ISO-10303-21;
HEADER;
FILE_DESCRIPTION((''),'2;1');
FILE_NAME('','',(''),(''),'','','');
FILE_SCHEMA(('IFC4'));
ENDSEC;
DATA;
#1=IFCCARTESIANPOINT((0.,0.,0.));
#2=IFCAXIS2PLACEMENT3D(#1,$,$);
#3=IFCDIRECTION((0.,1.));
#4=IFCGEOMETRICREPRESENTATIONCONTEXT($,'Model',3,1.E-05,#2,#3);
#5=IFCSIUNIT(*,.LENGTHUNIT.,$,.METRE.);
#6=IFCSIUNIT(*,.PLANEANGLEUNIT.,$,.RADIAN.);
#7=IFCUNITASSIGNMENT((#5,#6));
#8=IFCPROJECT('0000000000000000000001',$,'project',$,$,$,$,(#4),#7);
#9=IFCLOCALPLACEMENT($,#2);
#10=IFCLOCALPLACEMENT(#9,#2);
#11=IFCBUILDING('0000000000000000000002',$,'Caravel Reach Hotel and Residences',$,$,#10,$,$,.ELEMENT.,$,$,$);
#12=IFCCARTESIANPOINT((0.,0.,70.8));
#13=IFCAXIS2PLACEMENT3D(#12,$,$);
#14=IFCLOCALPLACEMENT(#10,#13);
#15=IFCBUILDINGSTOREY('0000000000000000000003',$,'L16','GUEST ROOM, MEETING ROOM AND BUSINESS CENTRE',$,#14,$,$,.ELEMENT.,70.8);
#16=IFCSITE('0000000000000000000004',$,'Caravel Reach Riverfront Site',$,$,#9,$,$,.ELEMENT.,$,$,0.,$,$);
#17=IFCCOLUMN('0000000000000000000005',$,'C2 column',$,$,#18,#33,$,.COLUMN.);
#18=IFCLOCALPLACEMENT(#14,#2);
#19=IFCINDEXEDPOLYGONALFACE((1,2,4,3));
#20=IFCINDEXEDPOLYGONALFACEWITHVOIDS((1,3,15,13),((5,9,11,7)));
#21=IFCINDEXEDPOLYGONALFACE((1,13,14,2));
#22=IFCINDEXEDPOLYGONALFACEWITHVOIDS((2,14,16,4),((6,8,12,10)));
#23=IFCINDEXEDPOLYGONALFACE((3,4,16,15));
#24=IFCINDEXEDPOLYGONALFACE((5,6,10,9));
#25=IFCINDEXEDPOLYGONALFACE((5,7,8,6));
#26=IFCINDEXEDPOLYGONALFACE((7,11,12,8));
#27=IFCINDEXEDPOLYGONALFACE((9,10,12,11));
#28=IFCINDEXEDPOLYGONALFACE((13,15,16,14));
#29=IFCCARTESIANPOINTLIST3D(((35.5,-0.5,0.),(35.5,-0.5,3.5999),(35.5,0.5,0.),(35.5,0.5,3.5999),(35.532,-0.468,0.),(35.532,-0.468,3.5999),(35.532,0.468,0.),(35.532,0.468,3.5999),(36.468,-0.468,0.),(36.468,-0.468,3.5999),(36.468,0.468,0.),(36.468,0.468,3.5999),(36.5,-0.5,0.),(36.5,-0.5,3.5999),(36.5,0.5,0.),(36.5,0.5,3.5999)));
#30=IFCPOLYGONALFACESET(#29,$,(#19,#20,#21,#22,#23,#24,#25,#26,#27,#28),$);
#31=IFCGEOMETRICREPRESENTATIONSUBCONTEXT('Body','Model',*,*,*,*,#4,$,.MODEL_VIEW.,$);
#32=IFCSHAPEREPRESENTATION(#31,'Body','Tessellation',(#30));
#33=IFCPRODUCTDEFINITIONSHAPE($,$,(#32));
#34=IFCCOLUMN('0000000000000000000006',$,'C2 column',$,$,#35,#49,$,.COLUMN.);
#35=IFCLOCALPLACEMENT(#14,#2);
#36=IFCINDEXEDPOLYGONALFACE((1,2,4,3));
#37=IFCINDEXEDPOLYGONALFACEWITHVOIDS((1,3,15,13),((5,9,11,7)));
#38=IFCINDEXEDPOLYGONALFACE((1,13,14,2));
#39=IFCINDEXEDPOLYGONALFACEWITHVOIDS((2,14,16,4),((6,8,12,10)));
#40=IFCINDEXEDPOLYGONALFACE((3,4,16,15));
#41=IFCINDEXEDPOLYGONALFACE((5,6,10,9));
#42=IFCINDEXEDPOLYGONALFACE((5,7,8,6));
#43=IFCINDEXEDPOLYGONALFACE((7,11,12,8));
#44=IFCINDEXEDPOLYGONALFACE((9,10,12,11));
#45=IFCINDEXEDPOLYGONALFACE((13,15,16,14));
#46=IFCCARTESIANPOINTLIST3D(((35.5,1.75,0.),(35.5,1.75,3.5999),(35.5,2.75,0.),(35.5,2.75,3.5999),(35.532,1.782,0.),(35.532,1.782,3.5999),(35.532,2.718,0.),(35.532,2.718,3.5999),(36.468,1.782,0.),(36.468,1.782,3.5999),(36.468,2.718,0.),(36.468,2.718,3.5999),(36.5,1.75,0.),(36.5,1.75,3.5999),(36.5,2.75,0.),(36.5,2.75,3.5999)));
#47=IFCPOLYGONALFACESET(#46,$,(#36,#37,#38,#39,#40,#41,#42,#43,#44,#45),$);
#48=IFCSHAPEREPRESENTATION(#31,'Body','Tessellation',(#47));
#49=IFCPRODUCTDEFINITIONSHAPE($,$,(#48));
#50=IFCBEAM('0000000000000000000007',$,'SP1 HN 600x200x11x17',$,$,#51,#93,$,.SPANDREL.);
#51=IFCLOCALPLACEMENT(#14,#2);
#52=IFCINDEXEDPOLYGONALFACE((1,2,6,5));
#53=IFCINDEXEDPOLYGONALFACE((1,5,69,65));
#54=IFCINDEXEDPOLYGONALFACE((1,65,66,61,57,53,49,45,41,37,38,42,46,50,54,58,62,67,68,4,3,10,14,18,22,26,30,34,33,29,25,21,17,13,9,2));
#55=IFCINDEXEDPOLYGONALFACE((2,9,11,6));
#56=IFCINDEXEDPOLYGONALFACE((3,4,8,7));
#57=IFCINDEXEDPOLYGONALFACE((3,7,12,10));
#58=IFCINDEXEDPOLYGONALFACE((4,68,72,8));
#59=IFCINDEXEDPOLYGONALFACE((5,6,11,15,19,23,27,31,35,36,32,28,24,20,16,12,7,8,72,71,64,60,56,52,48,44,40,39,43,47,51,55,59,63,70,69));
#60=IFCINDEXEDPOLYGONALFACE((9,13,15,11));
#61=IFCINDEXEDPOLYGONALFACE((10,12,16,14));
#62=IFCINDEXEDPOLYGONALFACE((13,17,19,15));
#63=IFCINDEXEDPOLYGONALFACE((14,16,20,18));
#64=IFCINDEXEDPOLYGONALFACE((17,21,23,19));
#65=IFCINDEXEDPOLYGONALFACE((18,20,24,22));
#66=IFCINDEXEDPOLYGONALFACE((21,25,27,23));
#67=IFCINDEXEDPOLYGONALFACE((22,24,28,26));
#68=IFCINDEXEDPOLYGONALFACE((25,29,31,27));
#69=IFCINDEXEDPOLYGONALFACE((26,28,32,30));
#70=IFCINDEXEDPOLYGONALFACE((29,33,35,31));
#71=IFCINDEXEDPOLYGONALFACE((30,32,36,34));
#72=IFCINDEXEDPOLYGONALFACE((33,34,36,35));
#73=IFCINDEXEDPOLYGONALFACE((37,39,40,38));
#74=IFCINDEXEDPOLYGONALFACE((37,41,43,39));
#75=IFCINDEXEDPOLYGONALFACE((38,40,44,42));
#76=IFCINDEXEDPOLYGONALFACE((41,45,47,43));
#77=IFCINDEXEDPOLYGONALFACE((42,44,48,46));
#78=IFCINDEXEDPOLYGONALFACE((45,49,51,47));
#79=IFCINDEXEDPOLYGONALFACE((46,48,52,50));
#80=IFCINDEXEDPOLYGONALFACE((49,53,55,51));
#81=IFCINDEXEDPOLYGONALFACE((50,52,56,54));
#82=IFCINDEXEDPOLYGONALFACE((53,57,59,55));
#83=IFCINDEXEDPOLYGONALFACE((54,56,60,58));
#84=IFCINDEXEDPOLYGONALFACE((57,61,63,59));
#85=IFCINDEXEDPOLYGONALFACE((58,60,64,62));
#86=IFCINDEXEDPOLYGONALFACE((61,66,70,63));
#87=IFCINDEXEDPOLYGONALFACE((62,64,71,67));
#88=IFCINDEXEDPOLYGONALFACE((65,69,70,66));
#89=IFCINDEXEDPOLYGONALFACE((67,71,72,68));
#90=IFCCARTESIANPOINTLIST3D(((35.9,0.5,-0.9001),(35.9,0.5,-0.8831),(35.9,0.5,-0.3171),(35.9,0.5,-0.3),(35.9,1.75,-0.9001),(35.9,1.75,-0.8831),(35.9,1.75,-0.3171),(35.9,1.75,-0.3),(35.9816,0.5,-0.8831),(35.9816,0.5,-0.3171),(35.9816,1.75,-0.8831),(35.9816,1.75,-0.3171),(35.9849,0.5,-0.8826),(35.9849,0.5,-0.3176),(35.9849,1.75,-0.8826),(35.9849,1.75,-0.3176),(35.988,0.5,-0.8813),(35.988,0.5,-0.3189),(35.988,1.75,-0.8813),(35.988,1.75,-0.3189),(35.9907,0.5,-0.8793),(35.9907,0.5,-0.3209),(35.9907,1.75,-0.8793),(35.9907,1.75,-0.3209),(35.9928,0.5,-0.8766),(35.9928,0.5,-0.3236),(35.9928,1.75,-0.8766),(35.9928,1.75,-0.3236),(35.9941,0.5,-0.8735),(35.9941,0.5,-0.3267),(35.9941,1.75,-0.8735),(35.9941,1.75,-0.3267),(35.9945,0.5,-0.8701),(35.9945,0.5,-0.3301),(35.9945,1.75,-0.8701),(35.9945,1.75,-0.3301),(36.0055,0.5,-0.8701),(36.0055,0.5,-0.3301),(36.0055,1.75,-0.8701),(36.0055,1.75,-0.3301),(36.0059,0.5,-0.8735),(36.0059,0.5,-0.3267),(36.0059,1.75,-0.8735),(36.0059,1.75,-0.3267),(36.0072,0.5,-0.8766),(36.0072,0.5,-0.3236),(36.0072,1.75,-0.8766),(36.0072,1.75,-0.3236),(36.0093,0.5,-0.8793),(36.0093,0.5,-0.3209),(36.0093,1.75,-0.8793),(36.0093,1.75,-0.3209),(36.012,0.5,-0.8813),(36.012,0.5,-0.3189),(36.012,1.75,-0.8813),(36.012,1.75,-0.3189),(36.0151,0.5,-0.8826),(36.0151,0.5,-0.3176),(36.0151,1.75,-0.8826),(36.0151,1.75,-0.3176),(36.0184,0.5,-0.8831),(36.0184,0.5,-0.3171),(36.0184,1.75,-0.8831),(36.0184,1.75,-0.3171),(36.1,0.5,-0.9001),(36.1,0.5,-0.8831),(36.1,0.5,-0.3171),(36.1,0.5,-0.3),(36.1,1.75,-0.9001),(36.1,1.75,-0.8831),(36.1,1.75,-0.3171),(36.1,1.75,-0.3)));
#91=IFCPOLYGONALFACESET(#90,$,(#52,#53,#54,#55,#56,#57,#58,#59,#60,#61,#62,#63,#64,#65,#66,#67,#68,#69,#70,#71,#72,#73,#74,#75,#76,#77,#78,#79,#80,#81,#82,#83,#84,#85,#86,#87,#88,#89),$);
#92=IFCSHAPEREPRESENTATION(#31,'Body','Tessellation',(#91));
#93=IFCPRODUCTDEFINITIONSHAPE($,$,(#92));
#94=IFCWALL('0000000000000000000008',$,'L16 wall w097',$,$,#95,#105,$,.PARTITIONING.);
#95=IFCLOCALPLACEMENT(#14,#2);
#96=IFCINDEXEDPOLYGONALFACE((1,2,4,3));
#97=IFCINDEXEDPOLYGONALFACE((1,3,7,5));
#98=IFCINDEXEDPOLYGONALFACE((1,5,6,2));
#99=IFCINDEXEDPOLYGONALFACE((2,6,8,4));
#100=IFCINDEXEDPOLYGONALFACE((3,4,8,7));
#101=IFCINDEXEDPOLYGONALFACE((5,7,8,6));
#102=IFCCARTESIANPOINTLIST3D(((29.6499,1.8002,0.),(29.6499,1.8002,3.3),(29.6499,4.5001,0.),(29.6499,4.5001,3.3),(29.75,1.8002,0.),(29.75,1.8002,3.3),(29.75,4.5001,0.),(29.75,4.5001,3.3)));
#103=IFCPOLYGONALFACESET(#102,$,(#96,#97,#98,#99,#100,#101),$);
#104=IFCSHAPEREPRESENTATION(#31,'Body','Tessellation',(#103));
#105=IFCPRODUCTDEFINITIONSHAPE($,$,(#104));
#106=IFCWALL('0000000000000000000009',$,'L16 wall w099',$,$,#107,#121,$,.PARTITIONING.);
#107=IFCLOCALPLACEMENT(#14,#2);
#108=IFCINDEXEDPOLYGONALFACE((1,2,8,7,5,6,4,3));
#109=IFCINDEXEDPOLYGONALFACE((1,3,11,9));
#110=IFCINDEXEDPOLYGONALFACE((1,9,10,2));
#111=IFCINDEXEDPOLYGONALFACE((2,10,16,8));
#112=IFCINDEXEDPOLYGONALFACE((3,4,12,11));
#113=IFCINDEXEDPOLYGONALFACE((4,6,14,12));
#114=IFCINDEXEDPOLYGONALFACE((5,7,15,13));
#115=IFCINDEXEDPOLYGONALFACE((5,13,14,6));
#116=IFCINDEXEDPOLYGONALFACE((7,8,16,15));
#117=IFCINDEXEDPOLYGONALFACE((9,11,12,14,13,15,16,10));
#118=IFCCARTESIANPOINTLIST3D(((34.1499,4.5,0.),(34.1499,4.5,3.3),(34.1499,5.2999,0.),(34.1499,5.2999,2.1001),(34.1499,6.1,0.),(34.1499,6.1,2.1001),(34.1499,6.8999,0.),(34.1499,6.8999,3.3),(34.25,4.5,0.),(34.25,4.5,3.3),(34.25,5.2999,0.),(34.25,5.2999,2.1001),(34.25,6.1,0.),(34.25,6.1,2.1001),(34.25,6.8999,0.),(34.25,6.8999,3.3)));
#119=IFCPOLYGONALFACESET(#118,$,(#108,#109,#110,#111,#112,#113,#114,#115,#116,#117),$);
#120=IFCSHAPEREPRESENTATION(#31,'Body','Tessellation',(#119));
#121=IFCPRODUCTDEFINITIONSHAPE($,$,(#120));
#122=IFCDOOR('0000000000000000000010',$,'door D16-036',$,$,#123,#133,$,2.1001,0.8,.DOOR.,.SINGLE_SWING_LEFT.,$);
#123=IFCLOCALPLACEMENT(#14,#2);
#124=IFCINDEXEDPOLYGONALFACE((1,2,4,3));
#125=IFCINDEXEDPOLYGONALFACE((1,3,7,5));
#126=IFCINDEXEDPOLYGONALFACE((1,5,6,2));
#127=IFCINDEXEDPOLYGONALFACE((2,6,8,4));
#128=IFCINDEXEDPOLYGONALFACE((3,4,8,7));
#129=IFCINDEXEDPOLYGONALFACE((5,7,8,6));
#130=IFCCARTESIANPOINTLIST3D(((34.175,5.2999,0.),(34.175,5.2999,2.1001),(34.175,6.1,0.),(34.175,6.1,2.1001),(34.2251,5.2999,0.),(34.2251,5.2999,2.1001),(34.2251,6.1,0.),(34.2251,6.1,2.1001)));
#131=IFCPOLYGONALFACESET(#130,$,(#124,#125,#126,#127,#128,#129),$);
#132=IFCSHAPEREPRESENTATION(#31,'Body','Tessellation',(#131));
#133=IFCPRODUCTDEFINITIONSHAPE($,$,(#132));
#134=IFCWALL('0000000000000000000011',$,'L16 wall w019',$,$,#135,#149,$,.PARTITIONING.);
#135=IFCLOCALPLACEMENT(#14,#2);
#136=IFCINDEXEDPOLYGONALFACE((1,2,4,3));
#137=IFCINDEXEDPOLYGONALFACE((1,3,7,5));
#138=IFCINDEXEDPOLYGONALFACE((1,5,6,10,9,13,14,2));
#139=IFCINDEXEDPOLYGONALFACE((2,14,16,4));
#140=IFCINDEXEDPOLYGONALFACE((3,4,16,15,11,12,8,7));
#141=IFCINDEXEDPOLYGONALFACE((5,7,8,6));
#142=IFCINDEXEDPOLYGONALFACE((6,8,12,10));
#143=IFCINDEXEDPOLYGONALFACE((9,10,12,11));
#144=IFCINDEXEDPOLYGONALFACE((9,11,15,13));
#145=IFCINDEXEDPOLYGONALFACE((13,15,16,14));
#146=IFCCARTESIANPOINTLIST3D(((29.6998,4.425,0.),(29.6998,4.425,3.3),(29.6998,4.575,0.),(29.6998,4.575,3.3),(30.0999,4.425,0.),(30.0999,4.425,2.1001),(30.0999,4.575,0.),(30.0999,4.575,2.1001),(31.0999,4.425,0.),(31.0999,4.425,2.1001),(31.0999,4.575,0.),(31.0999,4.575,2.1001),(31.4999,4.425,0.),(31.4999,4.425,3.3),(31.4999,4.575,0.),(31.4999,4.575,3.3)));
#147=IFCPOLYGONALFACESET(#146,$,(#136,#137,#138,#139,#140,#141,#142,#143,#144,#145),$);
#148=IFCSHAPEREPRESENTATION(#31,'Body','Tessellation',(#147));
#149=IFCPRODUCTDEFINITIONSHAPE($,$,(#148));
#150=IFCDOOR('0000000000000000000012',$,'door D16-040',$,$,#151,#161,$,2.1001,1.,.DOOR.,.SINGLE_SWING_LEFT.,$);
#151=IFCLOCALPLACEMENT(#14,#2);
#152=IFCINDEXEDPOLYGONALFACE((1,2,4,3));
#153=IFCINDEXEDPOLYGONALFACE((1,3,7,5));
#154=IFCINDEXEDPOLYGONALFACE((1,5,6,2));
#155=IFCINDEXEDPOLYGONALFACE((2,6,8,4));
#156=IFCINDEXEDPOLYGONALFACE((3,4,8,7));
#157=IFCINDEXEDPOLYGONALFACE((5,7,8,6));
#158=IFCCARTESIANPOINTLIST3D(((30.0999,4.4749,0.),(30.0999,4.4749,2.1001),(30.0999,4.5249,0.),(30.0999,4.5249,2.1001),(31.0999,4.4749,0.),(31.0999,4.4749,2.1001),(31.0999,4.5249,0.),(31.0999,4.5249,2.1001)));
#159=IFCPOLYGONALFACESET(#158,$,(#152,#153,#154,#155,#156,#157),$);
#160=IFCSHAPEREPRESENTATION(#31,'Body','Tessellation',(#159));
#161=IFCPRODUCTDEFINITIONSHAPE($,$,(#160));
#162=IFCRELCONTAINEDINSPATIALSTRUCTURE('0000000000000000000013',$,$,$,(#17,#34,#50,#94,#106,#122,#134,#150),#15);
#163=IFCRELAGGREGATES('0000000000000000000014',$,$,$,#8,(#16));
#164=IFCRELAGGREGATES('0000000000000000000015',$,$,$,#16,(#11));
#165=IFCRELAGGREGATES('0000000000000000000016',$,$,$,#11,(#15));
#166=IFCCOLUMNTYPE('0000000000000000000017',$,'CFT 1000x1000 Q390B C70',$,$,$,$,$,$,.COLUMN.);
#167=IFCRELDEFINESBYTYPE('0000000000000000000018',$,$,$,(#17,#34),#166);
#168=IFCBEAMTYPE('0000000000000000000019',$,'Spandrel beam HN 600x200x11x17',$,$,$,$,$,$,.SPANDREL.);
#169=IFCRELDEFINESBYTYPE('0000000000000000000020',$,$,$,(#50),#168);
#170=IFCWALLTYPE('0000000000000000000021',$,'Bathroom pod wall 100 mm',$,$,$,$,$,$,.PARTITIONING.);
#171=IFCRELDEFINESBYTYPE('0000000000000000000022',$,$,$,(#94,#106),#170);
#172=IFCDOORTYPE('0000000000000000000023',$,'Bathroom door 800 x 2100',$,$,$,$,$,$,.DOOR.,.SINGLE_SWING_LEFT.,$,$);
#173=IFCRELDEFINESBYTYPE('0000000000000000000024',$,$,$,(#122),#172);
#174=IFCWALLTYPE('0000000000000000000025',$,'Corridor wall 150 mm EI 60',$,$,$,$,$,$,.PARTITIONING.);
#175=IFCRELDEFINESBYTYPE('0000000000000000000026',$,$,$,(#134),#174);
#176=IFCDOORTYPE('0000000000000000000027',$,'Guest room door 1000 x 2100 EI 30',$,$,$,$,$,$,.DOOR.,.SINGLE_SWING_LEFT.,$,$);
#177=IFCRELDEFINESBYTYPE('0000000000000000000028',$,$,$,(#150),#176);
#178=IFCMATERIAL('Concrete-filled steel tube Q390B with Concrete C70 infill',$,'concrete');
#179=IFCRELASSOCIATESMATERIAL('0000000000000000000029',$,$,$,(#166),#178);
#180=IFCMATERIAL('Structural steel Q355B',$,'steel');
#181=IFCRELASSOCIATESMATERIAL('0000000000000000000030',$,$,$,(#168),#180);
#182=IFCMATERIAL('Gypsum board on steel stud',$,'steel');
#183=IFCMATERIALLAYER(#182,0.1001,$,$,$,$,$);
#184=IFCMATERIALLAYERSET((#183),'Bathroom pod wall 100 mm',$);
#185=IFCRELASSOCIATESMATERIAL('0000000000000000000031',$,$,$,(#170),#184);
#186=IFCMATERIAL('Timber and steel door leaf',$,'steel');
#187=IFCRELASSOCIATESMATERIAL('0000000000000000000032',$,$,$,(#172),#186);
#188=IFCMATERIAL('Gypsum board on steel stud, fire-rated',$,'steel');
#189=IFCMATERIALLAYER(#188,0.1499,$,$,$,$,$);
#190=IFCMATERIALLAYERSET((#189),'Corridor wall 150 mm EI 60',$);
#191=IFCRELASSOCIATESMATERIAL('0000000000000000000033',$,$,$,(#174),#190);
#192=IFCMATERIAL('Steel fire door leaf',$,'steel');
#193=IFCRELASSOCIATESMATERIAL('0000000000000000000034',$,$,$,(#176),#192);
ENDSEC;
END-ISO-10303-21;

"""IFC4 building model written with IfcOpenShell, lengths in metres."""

from ifc_helpers import new_model, si_unit, direction, frame, frame_2d, origin, origin_2d, place, context, subcontext, project, spatial, rectangle, hollow_rectangle, i_section, extrude, material, layer, layer_set, material_profile, profile_set, type_object, element, fill, save


model = new_model("IFC4")

# Units and contexts
model_context = context("Model", 3, precision=1e-05, world=origin(), true_north=direction((0.0, 1.0)))
body_context = subcontext(model_context, "Body", "Model", "MODEL_VIEW")
ifc_project = project(units=[si_unit("LENGTHUNIT", "METRE"), si_unit("PLANEANGLEUNIT", "RADIAN")], contexts=[model_context])

# Site, building, storey
site_placement = place(None, origin())
site = spatial("IfcSite", under=ifc_project, at=site_placement, Name="Caravel Reach Riverfront Site", CompositionType="ELEMENT", RefElevation=0.0)
building_placement = place(site_placement, origin())
building = spatial("IfcBuilding", under=site, at=building_placement, Name="Caravel Reach Hotel and Residences", CompositionType="ELEMENT")
storey_placement = place(building_placement, frame((0.0, 0.0, 70.8)))
storey = spatial("IfcBuildingStorey", under=building, at=storey_placement, Name="L16", Description="GUEST ROOM, MEETING ROOM AND BUSINESS CENTRE", CompositionType="ELEMENT", Elevation=70.8)

# Columns
ifc_material_1 = material(Name="Concrete-filled steel tube Q390B with Concrete C70 infill", Category="concrete")
ifc_material_profile_1 = material_profile(ifc_material_1, hollow_rectangle(XDim=1.0, YDim=1.0, WallThickness=0.032, at=origin_2d()), Name="RHS 1000x1000x32")
ifc_profile_set_1 = profile_set([ifc_material_profile_1], Name="Concrete-filled steel tube Q390B with Concrete C70 infill")
column_type = type_object("IfcColumnType", Name="CFT 1000x1000 Q390B C70", PredefinedType="COLUMN", material=ifc_profile_set_1)
for number, where, z_axis, x_axis, name in (
    (1, (36.0, 0.0, 0.0), (0.0, 0.0, 1.0), (1.0, 0.0, 0.0), "C2 column"),
    (2, (36.0, 2.25, 0.0), (0.0, 0.0, 1.0), (1.0, 0.0, 0.0), "C2 column"),
):
    element("IfcColumn", number, at=place(storey_placement, frame(where, z_axis=z_axis, x_axis=x_axis)), inside=storey, type_object=column_type, Name=name, PredefinedType="COLUMN", context=body_context, shape_type="SweptSolid", body=[
        extrude(hollow_rectangle(XDim=1.0, YDim=1.0, WallThickness=0.032, at=origin_2d()), origin(), (0.0, 0.0, 1.0), 3.5999),
    ])

# Beam
ifc_material_2 = material(Name="Structural steel Q355B", Category="steel")
ifc_material_profile_2 = material_profile(ifc_material_2, i_section(OverallWidth=0.2, OverallDepth=0.6001, WebThickness=0.011, FlangeThickness=0.0171, FilletRadius=0.0129, at=origin_2d()), Name="HN 600x200x11x17")
ifc_profile_set_2 = profile_set([ifc_material_profile_2], Name="Structural steel Q355B")
beam_type = type_object("IfcBeamType", Name="Spandrel beam HN 600x200x11x17", PredefinedType="SPANDREL", material=ifc_profile_set_2)
beam_placement = place(storey_placement, frame((36.0, 0.5, -0.6001), z_axis=(0.0, 1.0, 0.0), x_axis=(-1.0, 0.0, 0.0)))
element("IfcBeam", 3, at=beam_placement, inside=storey, type_object=beam_type, Name="SP1 HN 600x200x11x17", PredefinedType="SPANDREL", context=body_context, shape_type="SweptSolid", body=[
    extrude(i_section(OverallWidth=0.2, OverallDepth=0.6001, WebThickness=0.011, FlangeThickness=0.0171, FilletRadius=0.0129, at=origin_2d()), origin(), (0.0, 0.0, 1.0), 1.25),
])

# Wall
ifc_material_3 = material(Name="Gypsum board on steel stud", Category="steel")
ifc_layer_1 = layer(ifc_material_3, 0.1001)
ifc_layer_set_1 = layer_set([ifc_layer_1], Name="Bathroom pod wall 100 mm")
wall_type_1 = type_object("IfcWallType", Name="Bathroom pod wall 100 mm", PredefinedType="PARTITIONING", material=ifc_layer_set_1)
wall_1_placement = place(storey_placement, frame((29.7, 1.8, 0.0), z_axis=(0.0, 0.0, 1.0), x_axis=(0.0, 1.0, 0.0)))
element("IfcWall", 4, at=wall_1_placement, inside=storey, type_object=wall_type_1, Name="L16 wall w097", PredefinedType="PARTITIONING", context=body_context, shape_type="SweptSolid", body=[
    extrude(rectangle(XDim=2.7, YDim=0.1001, at=frame_2d((1.3501, 0.0))), origin(), (0.0, 0.0, 1.0), 3.3),
])

# Walls, openings, doors
wall_2_placement = place(storey_placement, frame((34.2, 4.5, 0.0), z_axis=(0.0, 0.0, 1.0), x_axis=(0.0, 1.0, 0.0)))
wall_2 = element("IfcWall", 5, at=wall_2_placement, inside=storey, type_object=wall_type_1, Name="L16 wall w099", PredefinedType="PARTITIONING", context=body_context, shape_type="SweptSolid", body=[
    extrude(rectangle(XDim=2.3999, YDim=0.1001, at=frame_2d((1.2, 0.0))), origin(), (0.0, 0.0, 1.0), 3.3),
])
opening_1_placement = place(wall_2_placement, frame((0.8, 0.0, 0.0)))
opening_1 = element("IfcOpeningElement", 6, at=opening_1_placement, cuts=wall_2, PredefinedType="OPENING", context=body_context, shape_type="SweptSolid", body=[
    extrude(rectangle(XDim=0.8, YDim=2.1001, at=frame_2d((0.3999, 1.05))), frame((0.0, 0.0601, 0.0), z_axis=(0.0, -1.0, 0.0), x_axis=(1.0, 0.0, 0.0)), (0.0, 0.0, 1.0), 0.1201),
])
ifc_material_4 = material(Name="Timber and steel door leaf", Category="steel")
door_type_1 = type_object("IfcDoorType", Name="Bathroom door 800 x 2100", OperationType="SINGLE_SWING_LEFT", PredefinedType="DOOR", material=ifc_material_4)
door_1_placement = place(opening_1_placement, origin())
door_1 = element("IfcDoor", 7, at=door_1_placement, inside=storey, type_object=door_type_1, Name="door D16-036", OperationType="SINGLE_SWING_LEFT", OverallHeight=2.1001, OverallWidth=0.8, PredefinedType="DOOR", context=body_context, shape_type="SweptSolid", body=[
    extrude(rectangle(XDim=0.8, YDim=2.1001, at=frame_2d((0.3999, 1.05))), frame((0.0, 0.0249, 0.0), z_axis=(0.0, -1.0, 0.0), x_axis=(1.0, 0.0, 0.0)), (0.0, 0.0, 1.0), 0.05),
])
fill(opening_1, door_1)
ifc_material_5 = material(Name="Gypsum board on steel stud, fire-rated", Category="steel")
ifc_layer_2 = layer(ifc_material_5, 0.1499)
ifc_layer_set_2 = layer_set([ifc_layer_2], Name="Corridor wall 150 mm EI 60")
wall_type_2 = type_object("IfcWallType", Name="Corridor wall 150 mm EI 60", PredefinedType="PARTITIONING", material=ifc_layer_set_2)
wall_3_placement = place(storey_placement, frame((29.7, 4.5, 0.0), z_axis=(0.0, 0.0, 1.0), x_axis=(1.0, 0.0, 0.0)))
wall_3 = element("IfcWall", 8, at=wall_3_placement, inside=storey, type_object=wall_type_2, Name="L16 wall w019", PredefinedType="PARTITIONING", context=body_context, shape_type="SweptSolid", body=[
    extrude(rectangle(XDim=1.8, YDim=0.1499, at=frame_2d((0.8999, 0.0))), origin(), (0.0, 0.0, 1.0), 3.3),
])
opening_2_placement = place(wall_3_placement, frame((0.3999, 0.0, 0.0)))
opening_2 = element("IfcOpeningElement", 9, at=opening_2_placement, cuts=wall_3, PredefinedType="OPENING", context=body_context, shape_type="SweptSolid", body=[
    extrude(rectangle(XDim=1.0, YDim=2.1001, at=frame_2d((0.5, 1.05))), frame((0.0, 0.085, 0.0), z_axis=(0.0, -1.0, 0.0), x_axis=(1.0, 0.0, 0.0)), (0.0, 0.0, 1.0), 0.1699),
])
ifc_material_6 = material(Name="Steel fire door leaf", Category="steel")
door_type_2 = type_object("IfcDoorType", Name="Guest room door 1000 x 2100 EI 30", OperationType="SINGLE_SWING_LEFT", PredefinedType="DOOR", material=ifc_material_6)
door_2_placement = place(opening_2_placement, origin())
door_2 = element("IfcDoor", 10, at=door_2_placement, inside=storey, type_object=door_type_2, Name="door D16-040", OperationType="SINGLE_SWING_LEFT", OverallHeight=2.1001, OverallWidth=1.0, PredefinedType="DOOR", context=body_context, shape_type="SweptSolid", body=[
    extrude(rectangle(XDim=1.0, YDim=2.1001, at=frame_2d((0.5, 1.05))), frame((0.0, 0.0249, 0.0), z_axis=(0.0, -1.0, 0.0), x_axis=(1.0, 0.0, 0.0)), (0.0, 0.0, 1.0), 0.05),
])
fill(opening_2, door_2)

save(model, "model.ifc")
